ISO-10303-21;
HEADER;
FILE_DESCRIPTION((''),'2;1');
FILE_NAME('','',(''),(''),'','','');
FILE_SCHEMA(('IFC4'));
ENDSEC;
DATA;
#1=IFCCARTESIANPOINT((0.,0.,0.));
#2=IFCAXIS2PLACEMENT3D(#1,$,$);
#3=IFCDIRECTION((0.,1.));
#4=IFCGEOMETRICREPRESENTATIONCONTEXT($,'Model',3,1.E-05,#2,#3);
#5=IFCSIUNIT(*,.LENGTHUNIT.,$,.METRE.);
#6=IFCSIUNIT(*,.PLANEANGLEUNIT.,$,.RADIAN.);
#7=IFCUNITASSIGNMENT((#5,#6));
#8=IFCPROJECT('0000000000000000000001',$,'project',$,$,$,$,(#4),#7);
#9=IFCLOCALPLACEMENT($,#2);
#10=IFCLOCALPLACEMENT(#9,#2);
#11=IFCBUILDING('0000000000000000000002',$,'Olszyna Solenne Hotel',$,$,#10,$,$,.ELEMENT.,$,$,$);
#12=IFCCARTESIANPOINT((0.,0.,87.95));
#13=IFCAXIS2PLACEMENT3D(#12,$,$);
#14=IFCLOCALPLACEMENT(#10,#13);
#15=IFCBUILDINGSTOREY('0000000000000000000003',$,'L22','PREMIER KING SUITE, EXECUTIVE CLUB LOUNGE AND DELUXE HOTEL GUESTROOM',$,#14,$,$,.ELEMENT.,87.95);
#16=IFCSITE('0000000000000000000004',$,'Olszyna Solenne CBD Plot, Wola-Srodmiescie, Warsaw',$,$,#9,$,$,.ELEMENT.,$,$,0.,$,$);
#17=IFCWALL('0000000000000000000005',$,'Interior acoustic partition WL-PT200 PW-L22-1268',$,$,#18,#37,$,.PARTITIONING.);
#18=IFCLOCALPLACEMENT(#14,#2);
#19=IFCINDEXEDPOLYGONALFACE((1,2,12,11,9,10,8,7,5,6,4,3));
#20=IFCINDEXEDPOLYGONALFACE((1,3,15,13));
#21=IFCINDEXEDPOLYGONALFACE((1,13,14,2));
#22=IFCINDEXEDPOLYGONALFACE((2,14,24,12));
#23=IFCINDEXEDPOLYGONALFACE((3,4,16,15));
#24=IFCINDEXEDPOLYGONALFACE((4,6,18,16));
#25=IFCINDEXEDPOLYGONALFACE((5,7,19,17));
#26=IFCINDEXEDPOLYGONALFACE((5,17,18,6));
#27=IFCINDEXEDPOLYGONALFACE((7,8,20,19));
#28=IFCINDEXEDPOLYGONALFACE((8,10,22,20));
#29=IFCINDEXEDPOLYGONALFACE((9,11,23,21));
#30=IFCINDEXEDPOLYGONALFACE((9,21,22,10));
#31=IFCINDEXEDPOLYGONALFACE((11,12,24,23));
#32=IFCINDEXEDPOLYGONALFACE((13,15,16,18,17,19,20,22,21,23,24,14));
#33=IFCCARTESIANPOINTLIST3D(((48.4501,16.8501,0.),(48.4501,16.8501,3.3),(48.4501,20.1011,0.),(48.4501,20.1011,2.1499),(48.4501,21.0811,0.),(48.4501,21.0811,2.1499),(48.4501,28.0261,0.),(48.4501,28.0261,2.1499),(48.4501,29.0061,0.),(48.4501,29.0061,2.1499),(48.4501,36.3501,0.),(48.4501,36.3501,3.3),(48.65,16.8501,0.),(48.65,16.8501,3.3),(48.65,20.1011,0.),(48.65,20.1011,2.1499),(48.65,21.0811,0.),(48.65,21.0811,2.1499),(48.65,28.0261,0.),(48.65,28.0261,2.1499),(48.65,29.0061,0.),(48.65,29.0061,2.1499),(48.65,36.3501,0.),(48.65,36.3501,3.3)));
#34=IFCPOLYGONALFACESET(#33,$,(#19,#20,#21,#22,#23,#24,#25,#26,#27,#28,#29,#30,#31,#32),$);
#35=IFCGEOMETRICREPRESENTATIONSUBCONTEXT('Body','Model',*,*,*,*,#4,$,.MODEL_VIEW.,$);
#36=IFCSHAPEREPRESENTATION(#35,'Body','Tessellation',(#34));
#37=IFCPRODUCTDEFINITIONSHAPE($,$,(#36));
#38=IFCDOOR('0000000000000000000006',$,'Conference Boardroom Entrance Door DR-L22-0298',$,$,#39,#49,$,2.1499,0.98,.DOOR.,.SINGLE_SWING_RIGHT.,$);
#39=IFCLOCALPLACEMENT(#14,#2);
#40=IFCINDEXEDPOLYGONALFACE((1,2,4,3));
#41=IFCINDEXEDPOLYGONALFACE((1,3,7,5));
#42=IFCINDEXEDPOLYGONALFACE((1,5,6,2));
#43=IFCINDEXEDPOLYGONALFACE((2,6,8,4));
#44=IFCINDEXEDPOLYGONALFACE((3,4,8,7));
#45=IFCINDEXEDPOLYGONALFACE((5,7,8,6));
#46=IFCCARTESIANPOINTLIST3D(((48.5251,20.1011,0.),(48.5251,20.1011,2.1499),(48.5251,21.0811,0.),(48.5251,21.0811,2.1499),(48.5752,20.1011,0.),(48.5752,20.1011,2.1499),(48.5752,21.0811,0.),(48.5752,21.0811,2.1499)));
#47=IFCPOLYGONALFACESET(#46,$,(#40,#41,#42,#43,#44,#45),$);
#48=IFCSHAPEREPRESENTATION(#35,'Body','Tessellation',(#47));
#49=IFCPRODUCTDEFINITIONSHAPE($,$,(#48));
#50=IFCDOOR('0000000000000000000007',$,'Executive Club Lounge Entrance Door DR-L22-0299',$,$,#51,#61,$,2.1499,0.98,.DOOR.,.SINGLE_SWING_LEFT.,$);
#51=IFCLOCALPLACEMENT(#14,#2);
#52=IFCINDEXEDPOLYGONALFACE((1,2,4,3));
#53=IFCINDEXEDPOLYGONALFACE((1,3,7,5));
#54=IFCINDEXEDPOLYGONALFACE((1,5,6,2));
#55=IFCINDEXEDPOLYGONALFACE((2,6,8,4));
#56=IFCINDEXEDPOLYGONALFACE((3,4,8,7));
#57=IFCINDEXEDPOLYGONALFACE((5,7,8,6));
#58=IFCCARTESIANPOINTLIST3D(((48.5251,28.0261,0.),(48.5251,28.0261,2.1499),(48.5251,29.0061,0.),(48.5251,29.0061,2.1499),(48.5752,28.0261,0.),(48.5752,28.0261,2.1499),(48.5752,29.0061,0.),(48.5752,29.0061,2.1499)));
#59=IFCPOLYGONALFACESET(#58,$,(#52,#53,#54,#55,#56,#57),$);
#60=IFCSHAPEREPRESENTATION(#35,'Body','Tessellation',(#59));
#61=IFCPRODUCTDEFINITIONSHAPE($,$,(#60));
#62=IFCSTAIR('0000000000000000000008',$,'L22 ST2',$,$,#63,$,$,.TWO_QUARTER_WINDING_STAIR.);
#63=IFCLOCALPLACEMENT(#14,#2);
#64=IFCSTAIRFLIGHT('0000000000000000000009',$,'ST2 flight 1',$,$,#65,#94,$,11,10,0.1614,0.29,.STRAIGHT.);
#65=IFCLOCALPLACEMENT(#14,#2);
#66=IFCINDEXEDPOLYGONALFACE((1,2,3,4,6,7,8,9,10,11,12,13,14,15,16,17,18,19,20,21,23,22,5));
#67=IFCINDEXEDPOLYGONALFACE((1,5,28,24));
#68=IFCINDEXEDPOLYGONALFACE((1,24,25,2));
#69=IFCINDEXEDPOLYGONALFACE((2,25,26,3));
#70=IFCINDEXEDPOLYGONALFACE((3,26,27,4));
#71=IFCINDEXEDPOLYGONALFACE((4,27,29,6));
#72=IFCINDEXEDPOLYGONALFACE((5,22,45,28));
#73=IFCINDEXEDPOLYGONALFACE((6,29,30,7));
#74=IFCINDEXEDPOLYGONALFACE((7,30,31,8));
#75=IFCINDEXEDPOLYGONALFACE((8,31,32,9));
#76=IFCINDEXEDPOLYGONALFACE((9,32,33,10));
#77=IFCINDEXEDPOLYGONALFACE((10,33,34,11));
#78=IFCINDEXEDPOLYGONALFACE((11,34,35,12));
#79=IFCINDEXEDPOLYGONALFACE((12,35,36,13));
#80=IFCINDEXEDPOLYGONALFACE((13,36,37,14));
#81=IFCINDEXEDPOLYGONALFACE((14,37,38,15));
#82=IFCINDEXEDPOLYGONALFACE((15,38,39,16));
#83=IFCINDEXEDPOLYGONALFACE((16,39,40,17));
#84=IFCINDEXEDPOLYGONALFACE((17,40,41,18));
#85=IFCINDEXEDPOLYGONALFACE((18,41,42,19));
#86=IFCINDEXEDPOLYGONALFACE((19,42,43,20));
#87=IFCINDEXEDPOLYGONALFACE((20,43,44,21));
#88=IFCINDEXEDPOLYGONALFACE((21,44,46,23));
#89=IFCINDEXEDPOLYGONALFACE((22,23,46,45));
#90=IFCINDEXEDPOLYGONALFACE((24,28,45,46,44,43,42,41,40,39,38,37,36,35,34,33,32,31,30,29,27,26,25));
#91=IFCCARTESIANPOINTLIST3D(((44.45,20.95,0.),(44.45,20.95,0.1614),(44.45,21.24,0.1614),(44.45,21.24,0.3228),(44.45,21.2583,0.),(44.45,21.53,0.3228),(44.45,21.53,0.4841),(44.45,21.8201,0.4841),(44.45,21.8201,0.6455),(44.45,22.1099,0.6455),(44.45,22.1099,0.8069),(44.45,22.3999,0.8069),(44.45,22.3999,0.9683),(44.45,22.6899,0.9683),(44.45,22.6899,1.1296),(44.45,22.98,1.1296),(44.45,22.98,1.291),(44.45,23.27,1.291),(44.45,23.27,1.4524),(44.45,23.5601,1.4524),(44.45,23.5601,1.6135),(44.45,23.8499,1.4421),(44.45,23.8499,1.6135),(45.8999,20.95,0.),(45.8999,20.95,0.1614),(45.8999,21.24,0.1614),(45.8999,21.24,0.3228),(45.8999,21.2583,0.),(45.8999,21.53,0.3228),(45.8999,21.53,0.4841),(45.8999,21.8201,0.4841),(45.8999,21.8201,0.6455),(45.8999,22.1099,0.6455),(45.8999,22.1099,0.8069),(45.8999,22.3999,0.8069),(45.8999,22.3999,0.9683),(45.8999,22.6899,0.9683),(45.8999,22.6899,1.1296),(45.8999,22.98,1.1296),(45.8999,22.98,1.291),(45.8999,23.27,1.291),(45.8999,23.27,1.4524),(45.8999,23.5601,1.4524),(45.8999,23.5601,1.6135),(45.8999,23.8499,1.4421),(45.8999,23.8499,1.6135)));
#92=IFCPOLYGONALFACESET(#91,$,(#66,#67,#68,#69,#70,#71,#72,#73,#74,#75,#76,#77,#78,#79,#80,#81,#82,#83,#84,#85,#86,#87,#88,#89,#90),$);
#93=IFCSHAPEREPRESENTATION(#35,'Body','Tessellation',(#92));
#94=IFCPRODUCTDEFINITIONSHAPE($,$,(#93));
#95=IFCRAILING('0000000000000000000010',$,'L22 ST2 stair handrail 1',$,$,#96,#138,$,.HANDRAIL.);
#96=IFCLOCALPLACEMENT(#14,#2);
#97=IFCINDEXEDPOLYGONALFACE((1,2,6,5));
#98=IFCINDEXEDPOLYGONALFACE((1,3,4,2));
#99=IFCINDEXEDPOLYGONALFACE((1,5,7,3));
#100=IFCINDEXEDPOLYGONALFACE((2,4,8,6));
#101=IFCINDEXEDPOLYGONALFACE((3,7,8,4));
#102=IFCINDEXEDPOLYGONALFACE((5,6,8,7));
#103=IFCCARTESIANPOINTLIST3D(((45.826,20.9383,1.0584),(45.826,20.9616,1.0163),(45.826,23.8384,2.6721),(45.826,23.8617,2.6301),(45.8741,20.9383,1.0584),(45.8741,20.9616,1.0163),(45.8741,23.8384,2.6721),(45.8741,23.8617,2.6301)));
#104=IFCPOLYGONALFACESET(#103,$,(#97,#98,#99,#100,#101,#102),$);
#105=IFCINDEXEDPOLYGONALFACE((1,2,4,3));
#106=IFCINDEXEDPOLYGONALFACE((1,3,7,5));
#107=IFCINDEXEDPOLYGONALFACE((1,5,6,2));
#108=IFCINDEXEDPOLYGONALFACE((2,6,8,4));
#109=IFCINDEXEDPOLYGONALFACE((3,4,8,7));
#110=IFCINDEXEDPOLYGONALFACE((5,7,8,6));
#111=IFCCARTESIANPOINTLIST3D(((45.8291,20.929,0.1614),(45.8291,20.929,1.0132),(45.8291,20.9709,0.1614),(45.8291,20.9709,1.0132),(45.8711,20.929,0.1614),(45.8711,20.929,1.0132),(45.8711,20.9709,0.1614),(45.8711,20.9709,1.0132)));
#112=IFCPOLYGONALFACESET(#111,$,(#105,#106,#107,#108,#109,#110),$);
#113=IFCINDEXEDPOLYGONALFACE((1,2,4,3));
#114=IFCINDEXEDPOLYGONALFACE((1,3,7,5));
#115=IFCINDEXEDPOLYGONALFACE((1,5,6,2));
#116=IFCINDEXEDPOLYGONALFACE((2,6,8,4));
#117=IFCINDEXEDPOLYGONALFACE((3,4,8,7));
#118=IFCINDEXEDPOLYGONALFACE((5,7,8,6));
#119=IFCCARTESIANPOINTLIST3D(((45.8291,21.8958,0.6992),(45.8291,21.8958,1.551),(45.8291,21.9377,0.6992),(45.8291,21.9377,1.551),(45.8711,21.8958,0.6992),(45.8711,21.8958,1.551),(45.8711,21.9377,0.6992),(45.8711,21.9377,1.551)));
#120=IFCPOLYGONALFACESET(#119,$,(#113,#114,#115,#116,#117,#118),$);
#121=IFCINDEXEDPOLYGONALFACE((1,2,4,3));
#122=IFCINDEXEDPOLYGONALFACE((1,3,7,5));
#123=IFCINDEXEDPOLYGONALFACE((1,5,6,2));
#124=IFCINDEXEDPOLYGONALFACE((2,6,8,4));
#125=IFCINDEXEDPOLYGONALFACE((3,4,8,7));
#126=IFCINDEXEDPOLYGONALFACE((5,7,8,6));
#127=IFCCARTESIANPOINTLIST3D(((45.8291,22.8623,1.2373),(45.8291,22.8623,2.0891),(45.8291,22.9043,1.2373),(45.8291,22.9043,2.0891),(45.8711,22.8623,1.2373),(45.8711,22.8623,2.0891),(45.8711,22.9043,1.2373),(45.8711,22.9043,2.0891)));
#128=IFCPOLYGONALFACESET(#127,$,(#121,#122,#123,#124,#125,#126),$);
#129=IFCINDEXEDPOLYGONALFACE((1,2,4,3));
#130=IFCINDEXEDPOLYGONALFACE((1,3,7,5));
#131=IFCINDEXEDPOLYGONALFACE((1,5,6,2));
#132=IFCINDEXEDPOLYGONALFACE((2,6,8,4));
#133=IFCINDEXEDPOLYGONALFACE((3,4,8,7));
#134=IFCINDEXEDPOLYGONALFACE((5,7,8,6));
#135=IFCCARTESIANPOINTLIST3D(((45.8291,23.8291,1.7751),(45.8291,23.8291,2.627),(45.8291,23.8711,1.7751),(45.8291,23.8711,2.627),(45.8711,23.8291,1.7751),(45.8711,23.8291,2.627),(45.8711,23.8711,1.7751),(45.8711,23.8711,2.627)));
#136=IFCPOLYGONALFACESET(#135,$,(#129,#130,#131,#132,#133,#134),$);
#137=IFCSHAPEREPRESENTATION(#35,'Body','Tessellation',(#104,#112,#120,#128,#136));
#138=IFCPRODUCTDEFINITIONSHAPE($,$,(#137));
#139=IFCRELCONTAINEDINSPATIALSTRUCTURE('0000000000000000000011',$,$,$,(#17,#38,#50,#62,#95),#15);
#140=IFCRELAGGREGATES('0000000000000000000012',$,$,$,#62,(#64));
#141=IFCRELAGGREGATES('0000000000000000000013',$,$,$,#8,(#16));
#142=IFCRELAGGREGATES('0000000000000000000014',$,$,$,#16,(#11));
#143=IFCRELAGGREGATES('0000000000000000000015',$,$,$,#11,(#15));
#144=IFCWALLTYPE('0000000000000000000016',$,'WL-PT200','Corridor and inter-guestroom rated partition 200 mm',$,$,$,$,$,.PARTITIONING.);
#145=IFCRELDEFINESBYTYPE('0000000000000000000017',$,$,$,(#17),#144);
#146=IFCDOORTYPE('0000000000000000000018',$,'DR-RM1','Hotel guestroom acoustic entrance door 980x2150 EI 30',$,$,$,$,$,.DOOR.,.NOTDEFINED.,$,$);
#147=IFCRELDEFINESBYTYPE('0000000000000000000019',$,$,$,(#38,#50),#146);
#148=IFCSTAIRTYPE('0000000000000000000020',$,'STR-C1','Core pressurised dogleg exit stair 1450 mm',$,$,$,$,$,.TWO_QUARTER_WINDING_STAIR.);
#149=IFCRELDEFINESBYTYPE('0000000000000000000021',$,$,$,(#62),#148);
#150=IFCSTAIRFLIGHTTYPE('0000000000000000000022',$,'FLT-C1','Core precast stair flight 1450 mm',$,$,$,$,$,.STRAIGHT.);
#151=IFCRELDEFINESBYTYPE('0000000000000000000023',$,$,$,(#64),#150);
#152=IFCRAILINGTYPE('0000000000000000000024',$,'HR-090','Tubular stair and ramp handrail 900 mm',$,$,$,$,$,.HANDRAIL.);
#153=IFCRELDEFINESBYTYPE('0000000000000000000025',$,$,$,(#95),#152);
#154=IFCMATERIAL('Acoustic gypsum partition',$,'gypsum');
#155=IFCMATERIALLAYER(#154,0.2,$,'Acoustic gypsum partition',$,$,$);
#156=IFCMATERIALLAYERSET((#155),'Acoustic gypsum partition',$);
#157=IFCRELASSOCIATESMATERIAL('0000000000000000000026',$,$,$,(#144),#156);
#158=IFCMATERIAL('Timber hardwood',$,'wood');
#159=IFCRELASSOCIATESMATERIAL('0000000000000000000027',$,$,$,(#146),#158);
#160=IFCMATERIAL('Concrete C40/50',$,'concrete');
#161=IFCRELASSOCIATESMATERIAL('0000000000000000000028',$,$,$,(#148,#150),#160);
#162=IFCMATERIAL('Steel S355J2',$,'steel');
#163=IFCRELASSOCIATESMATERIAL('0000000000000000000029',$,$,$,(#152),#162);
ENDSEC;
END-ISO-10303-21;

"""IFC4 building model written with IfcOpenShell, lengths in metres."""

from ifc_helpers import new_model, si_unit, direction, frame, frame_2d, origin, origin_2d, place, context, subcontext, project, spatial, polyline, rectangle, outline, extrude, source, transform, mapped, material, layer, layer_set, type_object, type_shapes, element, fill, aggregate, save


model = new_model("IFC4")

# Units and contexts
model_context = context("Model", 3, precision=1e-05, world=origin(), true_north=direction((0.0, 1.0)))
body_context = subcontext(model_context, "Body", "Model", "MODEL_VIEW")
ifc_project = project(units=[si_unit("LENGTHUNIT", "METRE"), si_unit("PLANEANGLEUNIT", "RADIAN")], contexts=[model_context])

# Site, building, storey
site_placement = place(None, origin())
site = spatial("IfcSite", under=ifc_project, at=site_placement, Name="Olszyna Solenne CBD Plot, Wola-Srodmiescie, Warsaw", CompositionType="ELEMENT", RefElevation=0.0)
building_placement = place(site_placement, origin())
building = spatial("IfcBuilding", under=site, at=building_placement, Name="Olszyna Solenne Hotel", CompositionType="ELEMENT")
storey_placement = place(building_placement, frame((0.0, 0.0, 87.95)))
storey = spatial("IfcBuildingStorey", under=building, at=storey_placement, Name="L22", Description="PREMIER KING SUITE, EXECUTIVE CLUB LOUNGE AND DELUXE HOTEL GUESTROOM", CompositionType="ELEMENT", Elevation=87.95)

# Shared definitions
ifc_material_1 = material(Name="Steel S355J2", Category="steel")

# Shared definitions
ifc_material_2 = material(Name="Acoustic gypsum partition", Category="gypsum")
ifc_layer_1 = layer(ifc_material_2, 0.2, Name="Acoustic gypsum partition")
ifc_layer_set_1 = layer_set([ifc_layer_1], Name="Acoustic gypsum partition")
wall_type_1 = type_object("IfcWallType", Name="WL-PT200", Description="Corridor and inter-guestroom rated partition 200 mm", PredefinedType="PARTITIONING", material=ifc_layer_set_1)

# Wall, openings, doors
wall_1_placement = place(storey_placement, frame((48.55, 16.8501, 0.0), z_axis=(0.0, 0.0, 1.0), x_axis=(0.0, 1.0, 0.0)))
wall_1 = element("IfcWall", 1, at=wall_1_placement, inside=storey, type_object=wall_type_1, Name="Interior acoustic partition WL-PT200 PW-L22-1268", PredefinedType="PARTITIONING", context=body_context, shape_type="SweptSolid", body=[
    extrude(rectangle(XDim=19.5, YDim=0.2, at=frame_2d((9.75, 0.0))), origin(), (0.0, 0.0, 1.0), 3.3),
])
opening_1_placement = place(wall_1_placement, frame((3.251, 0.0, 0.0)))
opening_1 = element("IfcOpeningElement", 2, at=opening_1_placement, cuts=wall_1, PredefinedType="OPENING", context=body_context, shape_type="SweptSolid", body=[
    extrude(rectangle(XDim=0.98, YDim=2.1499, at=frame_2d((0.49, 1.075))), frame((0.0, 0.1099, 0.0), z_axis=(0.0, -1.0, 0.0), x_axis=(1.0, 0.0, 0.0)), (0.0, 0.0, 1.0), 0.22),
])
opening_2_placement = place(wall_1_placement, frame((11.176, 0.0, 0.0)))
opening_2 = element("IfcOpeningElement", 3, at=opening_2_placement, cuts=wall_1, PredefinedType="OPENING", context=body_context, shape_type="SweptSolid", body=[
    extrude(rectangle(XDim=0.98, YDim=2.1499, at=frame_2d((0.49, 1.075))), frame((0.0, 0.1099, 0.0), z_axis=(0.0, -1.0, 0.0), x_axis=(1.0, 0.0, 0.0)), (0.0, 0.0, 1.0), 0.22),
])
ifc_material_3 = material(Name="Timber hardwood", Category="wood")
door_type_1 = type_object("IfcDoorType", Name="DR-RM1", Description="Hotel guestroom acoustic entrance door 980x2150 EI 30", OperationType="NOTDEFINED", PredefinedType="DOOR", material=ifc_material_3)
shared_shape_1 = source(origin(), body_context, "Body", "SweptSolid", [
    extrude(rectangle(XDim=0.98, YDim=2.1499, at=frame_2d((0.49, 1.075))), frame((0.0, 0.0249, 0.0), z_axis=(0.0, -1.0, 0.0), x_axis=(1.0, 0.0, 0.0)), (0.0, 0.0, 1.0), 0.05),
])
type_shapes(door_type_1, [shared_shape_1])
door_1_placement = place(opening_1_placement, origin())
door_1 = element("IfcDoor", 4, at=door_1_placement, inside=storey, type_object=door_type_1, Name="Conference Boardroom Entrance Door DR-L22-0298", OperationType="SINGLE_SWING_RIGHT", OverallHeight=2.1499, OverallWidth=0.98, PredefinedType="DOOR", context=body_context, shape_type="MappedRepresentation", body=[
    mapped(shared_shape_1, transform((0.0, 0.0, 0.0), x_axis=(1.0, 0.0, 0.0), y_axis=(0.0, 1.0, 0.0), z_axis=(0.0, 0.0, 1.0), scale=1.0)),
])
fill(opening_1, door_1)
door_2_placement = place(opening_2_placement, origin())
door_2 = element("IfcDoor", 5, at=door_2_placement, inside=storey, type_object=door_type_1, Name="Executive Club Lounge Entrance Door DR-L22-0299", OperationType="SINGLE_SWING_LEFT", OverallHeight=2.1499, OverallWidth=0.98, PredefinedType="DOOR", context=body_context, shape_type="MappedRepresentation", body=[
    mapped(shared_shape_1, transform((0.0, 0.0, 0.0), x_axis=(1.0, 0.0, 0.0), y_axis=(0.0, 1.0, 0.0), z_axis=(0.0, 0.0, 1.0), scale=1.0)),
])
fill(opening_2, door_2)

# Stair, stair flight
ifc_material_4 = material(Name="Concrete C40/50", Category="concrete")
stair_type = type_object("IfcStairType", Name="STR-C1", Description="Core pressurised dogleg exit stair 1450 mm", PredefinedType="TWO_QUARTER_WINDING_STAIR", material=ifc_material_4)
stair_placement = place(storey_placement, origin())
stair = element("IfcStair", 6, at=stair_placement, inside=storey, type_object=stair_type, Name="L22 ST2", PredefinedType="TWO_QUARTER_WINDING_STAIR")
stair_flight_type = type_object("IfcStairFlightType", Name="FLT-C1", Description="Core precast stair flight 1450 mm", PredefinedType="STRAIGHT", material=ifc_material_4)
stair_flight_placement = place(storey_placement, frame((45.175, 20.95, 0.0), z_axis=(0.0, 0.0, 1.0), x_axis=(0.0, 1.0, 0.0)))
stair_flight = element("IfcStairFlight", 7, at=stair_flight_placement, type_object=stair_flight_type, Name="ST2 flight 1", NumberOfRisers=11, NumberOfTreads=10, PredefinedType="STRAIGHT", RiserHeight=0.1614, TreadLength=0.29, context=body_context, shape_type="SweptSolid", body=[
    extrude(outline(polyline([(0.0, 0.0), (0.0, 0.1614), (0.29, 0.1614), (0.29, 0.3228), (0.5801, 0.3228), (0.5801, 0.4841), (0.8701, 0.4841), (0.8701, 0.6455), (1.1599, 0.6455), (1.1599, 0.8069), (1.45, 0.8069), (1.45, 0.9683), (1.74, 0.9683), (1.74, 1.1296), (2.03, 1.1296), (2.03, 1.291), (2.3201, 1.291), (2.3201, 1.4524), (2.6101, 1.4524), (2.6101, 1.6135), (2.8999, 1.6135), (2.8999, 1.7749), (2.8999, 1.4421), (0.3083, 0.0), (0.0, 0.0)])), frame((0.0, 0.7251, 0.0), z_axis=(0.0, -1.0, 0.0), x_axis=(1.0, 0.0, 0.0)), (0.0, 0.0, 1.0), 1.45),
])
aggregate(stair, [stair_flight])

# Railing
railing_type = type_object("IfcRailingType", Name="HR-090", Description="Tubular stair and ramp handrail 900 mm", PredefinedType="HANDRAIL", material=ifc_material_1)
railing_placement = place(storey_placement, frame((45.8501, 20.95, 0.1614)))
element("IfcRailing", 8, at=railing_placement, inside=storey, type_object=railing_type, Name="L22 ST2 stair handrail 1", PredefinedType="HANDRAIL", context=body_context, shape_type="SweptSolid", body=[
    extrude(rectangle(XDim=0.0481, YDim=0.0481, at=origin_2d()), frame((0.0, 0.0, 0.876), z_axis=(0.0, 0.873827, 0.486236), x_axis=(-1.0, 0.0, 0.0)), (0.0, 0.0, 1.0), 3.3188),
    extrude(rectangle(XDim=0.042, YDim=0.042, at=origin_2d()), origin(), (0.0, 0.0, 1.0), 0.8518),
    extrude(rectangle(XDim=0.042, YDim=0.042, at=origin_2d()), frame((0.0, 0.9668, 0.5378)), (0.0, 0.0, 1.0), 0.8518),
    extrude(rectangle(XDim=0.042, YDim=0.042, at=origin_2d()), frame((0.0, 1.9333, 1.0759)), (0.0, 0.0, 1.0), 0.8518),
    extrude(rectangle(XDim=0.042, YDim=0.042, at=origin_2d()), frame((0.0, 2.9001, 1.6138)), (0.0, 0.0, 1.0), 0.8518),
])

save(model, "model.ifc")
